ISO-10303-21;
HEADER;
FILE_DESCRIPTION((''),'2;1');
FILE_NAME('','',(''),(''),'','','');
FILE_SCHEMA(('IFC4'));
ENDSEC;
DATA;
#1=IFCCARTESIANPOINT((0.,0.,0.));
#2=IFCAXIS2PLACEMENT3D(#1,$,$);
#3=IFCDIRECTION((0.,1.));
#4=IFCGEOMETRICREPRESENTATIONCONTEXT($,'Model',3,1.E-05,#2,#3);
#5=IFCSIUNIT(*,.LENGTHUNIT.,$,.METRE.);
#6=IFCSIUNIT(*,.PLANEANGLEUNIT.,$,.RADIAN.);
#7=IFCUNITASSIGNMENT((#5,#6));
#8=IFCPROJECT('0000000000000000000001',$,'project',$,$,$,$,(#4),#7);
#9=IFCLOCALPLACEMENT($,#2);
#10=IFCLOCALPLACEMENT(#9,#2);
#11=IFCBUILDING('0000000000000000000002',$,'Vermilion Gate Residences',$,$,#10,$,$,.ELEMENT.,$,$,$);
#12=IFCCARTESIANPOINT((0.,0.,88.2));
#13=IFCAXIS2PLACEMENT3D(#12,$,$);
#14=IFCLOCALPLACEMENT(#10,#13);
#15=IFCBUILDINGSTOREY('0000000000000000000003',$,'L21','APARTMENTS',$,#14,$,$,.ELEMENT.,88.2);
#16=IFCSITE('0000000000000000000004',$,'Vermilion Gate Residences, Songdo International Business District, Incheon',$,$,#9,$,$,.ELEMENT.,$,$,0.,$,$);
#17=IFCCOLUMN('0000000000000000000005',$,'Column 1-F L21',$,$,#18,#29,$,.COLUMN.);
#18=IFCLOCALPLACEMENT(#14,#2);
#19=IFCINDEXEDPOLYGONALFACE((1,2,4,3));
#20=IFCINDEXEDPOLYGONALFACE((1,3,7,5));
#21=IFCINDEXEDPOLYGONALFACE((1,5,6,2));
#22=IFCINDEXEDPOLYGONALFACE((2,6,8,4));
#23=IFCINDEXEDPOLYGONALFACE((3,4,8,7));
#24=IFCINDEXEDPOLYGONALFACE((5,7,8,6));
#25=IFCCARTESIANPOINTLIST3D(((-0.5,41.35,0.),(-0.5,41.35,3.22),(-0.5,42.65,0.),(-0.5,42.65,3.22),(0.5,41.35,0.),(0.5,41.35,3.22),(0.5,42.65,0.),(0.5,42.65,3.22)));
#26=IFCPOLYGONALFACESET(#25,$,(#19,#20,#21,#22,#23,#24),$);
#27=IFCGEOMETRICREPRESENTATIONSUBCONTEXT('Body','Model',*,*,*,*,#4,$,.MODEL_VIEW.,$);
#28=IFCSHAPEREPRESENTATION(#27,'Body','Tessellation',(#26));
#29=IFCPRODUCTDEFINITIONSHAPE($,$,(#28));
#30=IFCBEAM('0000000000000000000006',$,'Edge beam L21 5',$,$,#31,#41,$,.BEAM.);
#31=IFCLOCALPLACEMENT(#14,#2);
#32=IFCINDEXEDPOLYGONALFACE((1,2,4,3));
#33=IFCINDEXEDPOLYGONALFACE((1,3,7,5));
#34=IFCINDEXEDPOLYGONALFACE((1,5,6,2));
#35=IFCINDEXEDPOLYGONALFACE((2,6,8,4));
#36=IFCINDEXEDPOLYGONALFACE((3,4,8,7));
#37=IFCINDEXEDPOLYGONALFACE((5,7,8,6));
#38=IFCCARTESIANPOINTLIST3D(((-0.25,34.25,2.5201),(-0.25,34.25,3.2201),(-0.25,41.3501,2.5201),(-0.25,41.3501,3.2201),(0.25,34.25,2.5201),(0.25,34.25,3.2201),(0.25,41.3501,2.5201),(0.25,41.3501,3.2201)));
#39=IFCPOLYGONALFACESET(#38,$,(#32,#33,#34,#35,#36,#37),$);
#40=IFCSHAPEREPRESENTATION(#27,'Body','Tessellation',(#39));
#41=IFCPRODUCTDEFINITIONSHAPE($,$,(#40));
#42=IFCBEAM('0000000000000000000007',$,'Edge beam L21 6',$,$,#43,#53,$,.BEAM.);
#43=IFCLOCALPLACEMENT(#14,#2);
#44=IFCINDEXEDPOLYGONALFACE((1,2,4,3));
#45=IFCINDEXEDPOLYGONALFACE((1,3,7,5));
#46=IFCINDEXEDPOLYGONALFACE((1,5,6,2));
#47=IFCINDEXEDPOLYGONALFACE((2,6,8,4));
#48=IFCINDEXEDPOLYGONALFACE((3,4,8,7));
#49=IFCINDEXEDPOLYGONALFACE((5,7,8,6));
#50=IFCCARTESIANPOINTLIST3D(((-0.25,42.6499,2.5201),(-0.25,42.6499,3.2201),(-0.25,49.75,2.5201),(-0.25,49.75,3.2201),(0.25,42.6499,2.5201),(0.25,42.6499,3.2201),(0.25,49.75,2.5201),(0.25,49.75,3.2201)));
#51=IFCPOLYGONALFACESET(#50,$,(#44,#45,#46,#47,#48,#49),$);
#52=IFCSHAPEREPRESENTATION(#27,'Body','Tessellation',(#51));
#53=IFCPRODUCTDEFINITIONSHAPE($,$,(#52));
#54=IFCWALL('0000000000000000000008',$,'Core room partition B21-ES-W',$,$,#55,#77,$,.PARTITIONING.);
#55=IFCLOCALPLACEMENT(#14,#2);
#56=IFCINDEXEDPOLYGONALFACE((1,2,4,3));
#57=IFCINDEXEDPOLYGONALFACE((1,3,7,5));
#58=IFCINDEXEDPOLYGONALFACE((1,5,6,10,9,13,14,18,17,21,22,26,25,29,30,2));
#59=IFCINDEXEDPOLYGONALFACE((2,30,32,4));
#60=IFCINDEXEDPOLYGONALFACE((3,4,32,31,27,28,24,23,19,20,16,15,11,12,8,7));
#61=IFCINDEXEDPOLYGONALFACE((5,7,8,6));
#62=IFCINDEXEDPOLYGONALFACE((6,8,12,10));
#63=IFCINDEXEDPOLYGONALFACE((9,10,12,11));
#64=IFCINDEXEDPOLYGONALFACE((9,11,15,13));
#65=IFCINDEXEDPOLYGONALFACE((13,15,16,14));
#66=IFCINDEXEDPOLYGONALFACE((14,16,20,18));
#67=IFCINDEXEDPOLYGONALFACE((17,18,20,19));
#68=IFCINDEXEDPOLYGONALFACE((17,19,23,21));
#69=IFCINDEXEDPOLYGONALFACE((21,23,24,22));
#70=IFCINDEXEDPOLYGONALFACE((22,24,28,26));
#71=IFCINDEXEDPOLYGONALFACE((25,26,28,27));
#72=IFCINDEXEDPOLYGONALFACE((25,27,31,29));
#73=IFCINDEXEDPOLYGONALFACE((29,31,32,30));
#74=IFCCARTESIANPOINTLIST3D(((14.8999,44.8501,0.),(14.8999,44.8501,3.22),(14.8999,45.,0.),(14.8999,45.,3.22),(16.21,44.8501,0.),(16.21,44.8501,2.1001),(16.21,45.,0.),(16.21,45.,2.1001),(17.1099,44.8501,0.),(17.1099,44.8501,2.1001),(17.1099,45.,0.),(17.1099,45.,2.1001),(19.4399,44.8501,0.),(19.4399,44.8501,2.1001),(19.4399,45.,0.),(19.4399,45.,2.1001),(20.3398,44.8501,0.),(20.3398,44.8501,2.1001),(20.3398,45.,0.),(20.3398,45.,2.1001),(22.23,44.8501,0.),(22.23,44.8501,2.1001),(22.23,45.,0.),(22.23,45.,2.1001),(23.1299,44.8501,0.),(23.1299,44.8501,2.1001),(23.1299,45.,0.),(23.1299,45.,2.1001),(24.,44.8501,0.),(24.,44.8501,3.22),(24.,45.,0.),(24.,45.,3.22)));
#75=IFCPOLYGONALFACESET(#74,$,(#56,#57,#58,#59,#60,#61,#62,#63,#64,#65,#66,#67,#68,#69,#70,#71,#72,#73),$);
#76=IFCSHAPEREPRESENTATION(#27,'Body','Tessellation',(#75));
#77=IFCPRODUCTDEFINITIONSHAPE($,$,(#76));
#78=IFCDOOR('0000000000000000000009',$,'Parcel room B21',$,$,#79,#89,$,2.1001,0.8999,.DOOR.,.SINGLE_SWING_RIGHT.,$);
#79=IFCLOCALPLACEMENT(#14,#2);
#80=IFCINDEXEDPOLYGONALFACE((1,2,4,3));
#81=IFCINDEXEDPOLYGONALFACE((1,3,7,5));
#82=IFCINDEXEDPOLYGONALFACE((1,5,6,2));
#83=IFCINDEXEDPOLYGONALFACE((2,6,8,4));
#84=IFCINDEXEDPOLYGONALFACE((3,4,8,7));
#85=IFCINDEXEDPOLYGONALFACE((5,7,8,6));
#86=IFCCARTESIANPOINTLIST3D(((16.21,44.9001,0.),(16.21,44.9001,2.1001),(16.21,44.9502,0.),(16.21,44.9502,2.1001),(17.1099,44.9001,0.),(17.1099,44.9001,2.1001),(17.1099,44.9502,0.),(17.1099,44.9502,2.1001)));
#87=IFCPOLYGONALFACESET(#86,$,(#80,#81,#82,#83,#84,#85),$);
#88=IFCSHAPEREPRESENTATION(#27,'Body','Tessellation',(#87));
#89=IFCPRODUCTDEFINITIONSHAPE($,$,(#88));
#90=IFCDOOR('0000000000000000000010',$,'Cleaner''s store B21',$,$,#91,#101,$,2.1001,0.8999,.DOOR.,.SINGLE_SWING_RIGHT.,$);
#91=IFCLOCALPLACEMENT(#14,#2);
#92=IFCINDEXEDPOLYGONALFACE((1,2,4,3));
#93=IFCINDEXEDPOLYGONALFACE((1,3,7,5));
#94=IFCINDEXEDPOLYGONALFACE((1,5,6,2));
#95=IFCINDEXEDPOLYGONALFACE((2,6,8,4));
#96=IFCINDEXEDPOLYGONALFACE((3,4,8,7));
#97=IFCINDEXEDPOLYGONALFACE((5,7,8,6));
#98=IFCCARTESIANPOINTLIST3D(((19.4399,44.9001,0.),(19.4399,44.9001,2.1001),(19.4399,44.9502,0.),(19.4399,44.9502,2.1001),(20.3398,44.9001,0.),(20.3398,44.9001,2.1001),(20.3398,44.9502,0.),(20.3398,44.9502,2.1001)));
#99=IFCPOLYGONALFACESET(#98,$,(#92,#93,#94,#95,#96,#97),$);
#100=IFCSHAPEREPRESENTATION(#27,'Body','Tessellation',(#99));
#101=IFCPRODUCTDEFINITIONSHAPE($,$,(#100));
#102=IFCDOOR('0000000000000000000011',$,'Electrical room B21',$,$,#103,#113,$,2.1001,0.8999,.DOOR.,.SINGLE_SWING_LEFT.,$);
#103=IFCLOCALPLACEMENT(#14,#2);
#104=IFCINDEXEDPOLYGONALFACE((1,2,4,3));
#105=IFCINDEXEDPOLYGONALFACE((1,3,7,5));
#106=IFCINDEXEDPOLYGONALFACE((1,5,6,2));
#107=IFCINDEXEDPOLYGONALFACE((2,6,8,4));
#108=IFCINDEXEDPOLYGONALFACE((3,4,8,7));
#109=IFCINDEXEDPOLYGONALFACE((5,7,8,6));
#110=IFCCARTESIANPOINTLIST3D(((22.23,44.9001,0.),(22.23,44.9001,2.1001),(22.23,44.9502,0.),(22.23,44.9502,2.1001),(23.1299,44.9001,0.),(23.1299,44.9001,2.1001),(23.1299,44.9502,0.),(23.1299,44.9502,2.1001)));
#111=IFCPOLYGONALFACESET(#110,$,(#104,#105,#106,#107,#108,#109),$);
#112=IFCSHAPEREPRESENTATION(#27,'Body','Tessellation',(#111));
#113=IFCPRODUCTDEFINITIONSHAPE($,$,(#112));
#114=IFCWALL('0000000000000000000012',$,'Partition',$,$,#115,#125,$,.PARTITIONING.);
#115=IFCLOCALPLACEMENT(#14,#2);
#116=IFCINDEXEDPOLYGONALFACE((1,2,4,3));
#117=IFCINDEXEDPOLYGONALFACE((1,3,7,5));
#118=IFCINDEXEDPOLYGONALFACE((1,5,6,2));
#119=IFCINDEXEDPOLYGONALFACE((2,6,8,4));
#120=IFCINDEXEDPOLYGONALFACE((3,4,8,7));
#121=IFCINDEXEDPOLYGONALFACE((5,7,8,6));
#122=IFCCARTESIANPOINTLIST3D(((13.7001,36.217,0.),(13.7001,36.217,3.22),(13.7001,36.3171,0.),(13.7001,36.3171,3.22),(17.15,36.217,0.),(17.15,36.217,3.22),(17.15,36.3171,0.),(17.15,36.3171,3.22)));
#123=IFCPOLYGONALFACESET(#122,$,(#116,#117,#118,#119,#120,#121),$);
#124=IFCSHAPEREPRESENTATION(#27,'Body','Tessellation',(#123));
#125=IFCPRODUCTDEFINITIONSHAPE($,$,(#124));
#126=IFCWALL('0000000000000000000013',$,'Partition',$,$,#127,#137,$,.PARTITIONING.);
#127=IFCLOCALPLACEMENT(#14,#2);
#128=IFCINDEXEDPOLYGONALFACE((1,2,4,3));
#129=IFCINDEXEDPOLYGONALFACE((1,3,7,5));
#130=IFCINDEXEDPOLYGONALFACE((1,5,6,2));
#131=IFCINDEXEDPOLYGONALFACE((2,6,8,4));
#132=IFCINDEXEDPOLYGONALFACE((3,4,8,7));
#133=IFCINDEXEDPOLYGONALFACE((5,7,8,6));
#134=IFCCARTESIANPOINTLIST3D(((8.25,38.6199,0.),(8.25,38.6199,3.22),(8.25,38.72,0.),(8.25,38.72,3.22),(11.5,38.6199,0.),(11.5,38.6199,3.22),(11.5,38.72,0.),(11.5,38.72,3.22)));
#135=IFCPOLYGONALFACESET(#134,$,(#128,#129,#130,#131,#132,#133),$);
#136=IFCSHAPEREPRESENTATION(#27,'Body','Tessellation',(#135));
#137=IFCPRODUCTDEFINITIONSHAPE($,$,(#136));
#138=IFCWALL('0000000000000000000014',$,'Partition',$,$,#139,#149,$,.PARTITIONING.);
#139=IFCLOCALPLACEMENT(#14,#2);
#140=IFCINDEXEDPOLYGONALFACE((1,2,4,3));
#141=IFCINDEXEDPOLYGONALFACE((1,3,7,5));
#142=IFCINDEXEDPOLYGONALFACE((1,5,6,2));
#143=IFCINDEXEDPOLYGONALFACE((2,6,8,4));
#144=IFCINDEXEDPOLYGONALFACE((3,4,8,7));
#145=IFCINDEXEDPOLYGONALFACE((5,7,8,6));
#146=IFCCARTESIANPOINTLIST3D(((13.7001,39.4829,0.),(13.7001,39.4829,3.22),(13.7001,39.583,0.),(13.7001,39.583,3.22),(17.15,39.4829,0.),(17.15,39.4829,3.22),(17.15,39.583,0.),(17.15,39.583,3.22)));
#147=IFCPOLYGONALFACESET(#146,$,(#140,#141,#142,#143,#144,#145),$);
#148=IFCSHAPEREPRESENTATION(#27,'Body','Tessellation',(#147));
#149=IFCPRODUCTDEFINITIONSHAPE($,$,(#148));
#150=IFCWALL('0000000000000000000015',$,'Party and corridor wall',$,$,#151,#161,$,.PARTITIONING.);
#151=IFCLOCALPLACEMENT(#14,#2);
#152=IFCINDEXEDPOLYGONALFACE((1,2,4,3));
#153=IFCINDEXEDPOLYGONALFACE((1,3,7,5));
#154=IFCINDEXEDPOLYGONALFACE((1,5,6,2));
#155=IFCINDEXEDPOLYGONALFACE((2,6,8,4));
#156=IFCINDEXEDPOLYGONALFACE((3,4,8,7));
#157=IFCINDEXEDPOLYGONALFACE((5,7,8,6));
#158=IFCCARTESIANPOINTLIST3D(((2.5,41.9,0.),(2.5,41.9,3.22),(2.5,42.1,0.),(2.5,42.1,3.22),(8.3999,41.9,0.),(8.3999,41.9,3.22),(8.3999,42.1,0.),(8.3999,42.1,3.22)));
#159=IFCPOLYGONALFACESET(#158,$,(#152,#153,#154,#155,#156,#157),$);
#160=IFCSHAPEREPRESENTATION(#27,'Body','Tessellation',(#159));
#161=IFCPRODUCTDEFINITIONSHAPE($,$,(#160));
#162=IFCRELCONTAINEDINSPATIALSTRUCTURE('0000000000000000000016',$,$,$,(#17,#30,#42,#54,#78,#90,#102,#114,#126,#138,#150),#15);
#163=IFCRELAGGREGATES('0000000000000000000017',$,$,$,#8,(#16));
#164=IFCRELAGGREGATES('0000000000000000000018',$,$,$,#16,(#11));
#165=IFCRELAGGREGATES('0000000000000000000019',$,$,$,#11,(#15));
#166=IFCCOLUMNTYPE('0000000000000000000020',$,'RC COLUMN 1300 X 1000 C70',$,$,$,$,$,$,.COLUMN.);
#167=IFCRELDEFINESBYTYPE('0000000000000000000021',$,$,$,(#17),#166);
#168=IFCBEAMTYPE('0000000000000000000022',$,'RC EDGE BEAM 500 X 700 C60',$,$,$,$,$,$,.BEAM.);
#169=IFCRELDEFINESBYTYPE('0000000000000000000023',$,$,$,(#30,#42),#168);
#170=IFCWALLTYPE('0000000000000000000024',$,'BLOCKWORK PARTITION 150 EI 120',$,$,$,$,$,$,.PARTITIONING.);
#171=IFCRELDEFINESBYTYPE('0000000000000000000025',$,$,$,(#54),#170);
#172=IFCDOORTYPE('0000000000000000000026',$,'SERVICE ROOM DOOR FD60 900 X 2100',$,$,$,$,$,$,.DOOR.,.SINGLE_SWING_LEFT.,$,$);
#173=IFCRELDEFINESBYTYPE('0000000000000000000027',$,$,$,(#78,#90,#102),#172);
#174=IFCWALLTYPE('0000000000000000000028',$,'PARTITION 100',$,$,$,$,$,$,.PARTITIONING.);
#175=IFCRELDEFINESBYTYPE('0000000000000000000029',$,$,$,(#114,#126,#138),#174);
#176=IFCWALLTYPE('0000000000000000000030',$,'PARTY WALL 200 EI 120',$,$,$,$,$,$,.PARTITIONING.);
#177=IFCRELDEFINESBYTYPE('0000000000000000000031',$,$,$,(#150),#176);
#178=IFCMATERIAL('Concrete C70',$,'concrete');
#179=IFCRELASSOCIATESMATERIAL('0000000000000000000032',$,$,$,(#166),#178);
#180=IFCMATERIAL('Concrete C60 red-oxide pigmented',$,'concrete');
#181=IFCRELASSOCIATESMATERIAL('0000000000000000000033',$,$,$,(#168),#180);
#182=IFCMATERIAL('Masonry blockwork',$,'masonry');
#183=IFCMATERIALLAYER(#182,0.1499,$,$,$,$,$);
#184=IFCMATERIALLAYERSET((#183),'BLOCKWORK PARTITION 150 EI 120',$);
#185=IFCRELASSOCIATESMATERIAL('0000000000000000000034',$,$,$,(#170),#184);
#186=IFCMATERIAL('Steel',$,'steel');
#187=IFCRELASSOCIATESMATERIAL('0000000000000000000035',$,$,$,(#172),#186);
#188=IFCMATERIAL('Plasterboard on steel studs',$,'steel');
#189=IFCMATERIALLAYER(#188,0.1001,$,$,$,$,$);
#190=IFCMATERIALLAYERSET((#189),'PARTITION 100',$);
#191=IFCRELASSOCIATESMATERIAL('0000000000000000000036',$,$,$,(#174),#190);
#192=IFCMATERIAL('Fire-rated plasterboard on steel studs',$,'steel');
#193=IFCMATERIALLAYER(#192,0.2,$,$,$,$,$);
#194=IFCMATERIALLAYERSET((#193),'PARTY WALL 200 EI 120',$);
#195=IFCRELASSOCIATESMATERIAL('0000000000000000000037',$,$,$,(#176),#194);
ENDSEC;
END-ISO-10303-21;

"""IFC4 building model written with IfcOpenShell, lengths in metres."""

from ifc_helpers import new_model, si_unit, direction, frame, frame_2d, origin, origin_2d, place, context, subcontext, project, spatial, rectangle, extrude, material, layer, layer_set, material_profile, profile_set, type_object, element, fill, save


model = new_model("IFC4")

# Units and contexts
model_context = context("Model", 3, precision=1e-05, world=origin(), true_north=direction((0.0, 1.0)))
body_context = subcontext(model_context, "Body", "Model", "MODEL_VIEW")
ifc_project = project(units=[si_unit("LENGTHUNIT", "METRE"), si_unit("PLANEANGLEUNIT", "RADIAN")], contexts=[model_context])

# Site, building, storey
site_placement = place(None, origin())
site = spatial("IfcSite", under=ifc_project, at=site_placement, Name="Vermilion Gate Residences, Songdo International Business District, Incheon", CompositionType="ELEMENT", RefElevation=0.0)
building_placement = place(site_placement, origin())
building = spatial("IfcBuilding", under=site, at=building_placement, Name="Vermilion Gate Residences", CompositionType="ELEMENT")
storey_placement = place(building_placement, frame((0.0, 0.0, 88.2)))
storey = spatial("IfcBuildingStorey", under=building, at=storey_placement, Name="L21", Description="APARTMENTS", CompositionType="ELEMENT", Elevation=88.2)

# Column
ifc_material_1 = material(Name="Concrete C70", Category="concrete")
ifc_material_profile_1 = material_profile(ifc_material_1, rectangle(XDim=1.3, YDim=1.0, at=origin_2d()), Name="RC-1300x1000")
ifc_profile_set_1 = profile_set([ifc_material_profile_1], Name="Concrete C70")
column_type = type_object("IfcColumnType", Name="RC COLUMN 1300 X 1000 C70", PredefinedType="COLUMN", material=ifc_profile_set_1)
column_placement = place(storey_placement, frame((0.0, 42.0, 0.0), z_axis=(0.0, 0.0, 1.0), x_axis=(0.0, 1.0, 0.0)))
element("IfcColumn", 1, at=column_placement, inside=storey, type_object=column_type, Name="Column 1-F L21", PredefinedType="COLUMN", context=body_context, shape_type="SweptSolid", body=[
    extrude(rectangle(XDim=1.3, YDim=1.0, at=origin_2d()), origin(), (0.0, 0.0, 1.0), 3.22),
])

# Beams
ifc_material_2 = material(Name="Concrete C60 red-oxide pigmented", Category="concrete")
ifc_material_profile_2 = material_profile(ifc_material_2, rectangle(XDim=0.5, YDim=0.7, at=origin_2d()), Name="RC-500x700")
ifc_profile_set_2 = profile_set([ifc_material_profile_2], Name="Concrete C60 red-oxide pigmented")
beam_type = type_object("IfcBeamType", Name="RC EDGE BEAM 500 X 700 C60", PredefinedType="BEAM", material=ifc_profile_set_2)
for number, where, z_axis, x_axis, name in (
    (2, (0.0, 34.25, 2.8701), (0.0, 1.0, 0.0), (-1.0, 0.0, 0.0), "Edge beam L21 5"),
    (3, (0.0, 42.6499, 2.8701), (0.0, 1.0, 0.0), (-1.0, 0.0, 0.0), "Edge beam L21 6"),
):
    element("IfcBeam", number, at=place(storey_placement, frame(where, z_axis=z_axis, x_axis=x_axis)), inside=storey, type_object=beam_type, Name=name, PredefinedType="BEAM", context=body_context, shape_type="SweptSolid", body=[
        extrude(rectangle(XDim=0.5, YDim=0.7, at=origin_2d()), origin(), (0.0, 0.0, 1.0), 7.1001),
    ])

# Wall, openings, doors
ifc_material_3 = material(Name="Masonry blockwork", Category="masonry")
ifc_layer_1 = layer(ifc_material_3, 0.1499)
ifc_layer_set_1 = layer_set([ifc_layer_1], Name="BLOCKWORK PARTITION 150 EI 120")
wall_type_1 = type_object("IfcWallType", Name="BLOCKWORK PARTITION 150 EI 120", PredefinedType="PARTITIONING", material=ifc_layer_set_1)
wall_1_placement = place(storey_placement, frame((14.8999, 44.925, 0.0), z_axis=(0.0, 0.0, 1.0), x_axis=(1.0, 0.0, 0.0)))
wall_1 = element("IfcWall", 4, at=wall_1_placement, inside=storey, type_object=wall_type_1, Name="Core room partition B21-ES-W", PredefinedType="PARTITIONING", context=body_context, shape_type="SweptSolid", body=[
    extrude(rectangle(XDim=9.1001, YDim=0.1499, at=frame_2d((4.55, 0.0))), origin(), (0.0, 0.0, 1.0), 3.22),
])
opening_1_placement = place(wall_1_placement, frame((1.3101, 0.0, 0.0)))
opening_1 = element("IfcOpeningElement", 5, at=opening_1_placement, cuts=wall_1, PredefinedType="OPENING", context=body_context, shape_type="SweptSolid", body=[
    extrude(rectangle(XDim=0.8999, YDim=2.1001, at=frame_2d((0.45, 1.05))), frame((0.0, 0.085, 0.0), z_axis=(0.0, -1.0, 0.0), x_axis=(1.0, 0.0, 0.0)), (0.0, 0.0, 1.0), 0.1699),
])
opening_2_placement = place(wall_1_placement, frame((4.54, 0.0, 0.0)))
opening_2 = element("IfcOpeningElement", 6, at=opening_2_placement, cuts=wall_1, PredefinedType="OPENING", context=body_context, shape_type="SweptSolid", body=[
    extrude(rectangle(XDim=0.8999, YDim=2.1001, at=frame_2d((0.45, 1.05))), frame((0.0, 0.085, 0.0), z_axis=(0.0, -1.0, 0.0), x_axis=(1.0, 0.0, 0.0)), (0.0, 0.0, 1.0), 0.1699),
])
opening_3_placement = place(wall_1_placement, frame((7.3301, 0.0, 0.0)))
opening_3 = element("IfcOpeningElement", 7, at=opening_3_placement, cuts=wall_1, PredefinedType="OPENING", context=body_context, shape_type="SweptSolid", body=[
    extrude(rectangle(XDim=0.8999, YDim=2.1001, at=frame_2d((0.45, 1.05))), frame((0.0, 0.085, 0.0), z_axis=(0.0, -1.0, 0.0), x_axis=(1.0, 0.0, 0.0)), (0.0, 0.0, 1.0), 0.1699),
])
ifc_material_4 = material(Name="Steel", Category="steel")
door_type_1 = type_object("IfcDoorType", Name="SERVICE ROOM DOOR FD60 900 X 2100", OperationType="SINGLE_SWING_LEFT", PredefinedType="DOOR", material=ifc_material_4)
door_1_placement = place(opening_1_placement, frame((0.8999, 0.0, 0.0), z_axis=(0.0, 0.0, 1.0), x_axis=(-1.0, 0.0, 0.0)))
door_1 = element("IfcDoor", 8, at=door_1_placement, inside=storey, type_object=door_type_1, Name="Parcel room B21", OperationType="SINGLE_SWING_RIGHT", OverallHeight=2.1001, OverallWidth=0.8999, PredefinedType="DOOR", context=body_context, shape_type="SweptSolid", body=[
    extrude(rectangle(XDim=0.8999, YDim=2.1001, at=frame_2d((0.45, 1.05))), frame((0.0, 0.0249, 0.0), z_axis=(0.0, -1.0, 0.0), x_axis=(1.0, 0.0, 0.0)), (0.0, 0.0, 1.0), 0.05),
])
fill(opening_1, door_1)
door_2_placement = place(opening_2_placement, frame((0.8999, 0.0, 0.0), z_axis=(0.0, 0.0, 1.0), x_axis=(-1.0, 0.0, 0.0)))
door_2 = element("IfcDoor", 9, at=door_2_placement, inside=storey, type_object=door_type_1, Name="Cleaner's store B21", OperationType="SINGLE_SWING_RIGHT", OverallHeight=2.1001, OverallWidth=0.8999, PredefinedType="DOOR", context=body_context, shape_type="SweptSolid", body=[
    extrude(rectangle(XDim=0.8999, YDim=2.1001, at=frame_2d((0.45, 1.05))), frame((0.0, 0.0249, 0.0), z_axis=(0.0, -1.0, 0.0), x_axis=(1.0, 0.0, 0.0)), (0.0, 0.0, 1.0), 0.05),
])
fill(opening_2, door_2)
door_3_placement = place(opening_3_placement, frame((0.8999, 0.0, 0.0), z_axis=(0.0, 0.0, 1.0), x_axis=(-1.0, 0.0, 0.0)))
door_3 = element("IfcDoor", 10, at=door_3_placement, inside=storey, type_object=door_type_1, Name="Electrical room B21", OperationType="SINGLE_SWING_LEFT", OverallHeight=2.1001, OverallWidth=0.8999, PredefinedType="DOOR", context=body_context, shape_type="SweptSolid", body=[
    extrude(rectangle(XDim=0.8999, YDim=2.1001, at=frame_2d((0.45, 1.05))), frame((0.0, 0.0249, 0.0), z_axis=(0.0, -1.0, 0.0), x_axis=(1.0, 0.0, 0.0)), (0.0, 0.0, 1.0), 0.05),
])
fill(opening_3, door_3)

# Walls
ifc_material_5 = material(Name="Plasterboard on steel studs", Category="steel")
ifc_layer_2 = layer(ifc_material_5, 0.1001)
ifc_layer_set_2 = layer_set([ifc_layer_2], Name="PARTITION 100")
wall_type_2 = type_object("IfcWallType", Name="PARTITION 100", PredefinedType="PARTITIONING", material=ifc_layer_set_2)
wall_2_placement = place(storey_placement, frame((13.7, 36.2671, 0.0), z_axis=(0.0, 0.0, 1.0), x_axis=(1.0, 0.0, 0.0)))
element("IfcWall", 11, at=wall_2_placement, inside=storey, type_object=wall_type_2, Name="Partition", PredefinedType="PARTITIONING", context=body_context, shape_type="SweptSolid", body=[
    extrude(rectangle(XDim=3.45, YDim=0.1001, at=frame_2d((1.7251, 0.0))), origin(), (0.0, 0.0, 1.0), 3.22),
])
wall_3_placement = place(storey_placement, frame((8.25, 38.6699, 0.0), z_axis=(0.0, 0.0, 1.0), x_axis=(1.0, 0.0, 0.0)))
element("IfcWall", 12, at=wall_3_placement, inside=storey, type_object=wall_type_2, Name="Partition", PredefinedType="PARTITIONING", context=body_context, shape_type="SweptSolid", body=[
    extrude(rectangle(XDim=3.25, YDim=0.1001, at=frame_2d((1.625, 0.0))), origin(), (0.0, 0.0, 1.0), 3.22),
])
wall_4_placement = place(storey_placement, frame((13.7, 39.533, 0.0), z_axis=(0.0, 0.0, 1.0), x_axis=(1.0, 0.0, 0.0)))
element("IfcWall", 13, at=wall_4_placement, inside=storey, type_object=wall_type_2, Name="Partition", PredefinedType="PARTITIONING", context=body_context, shape_type="SweptSolid", body=[
    extrude(rectangle(XDim=3.45, YDim=0.1001, at=frame_2d((1.7251, 0.0))), origin(), (0.0, 0.0, 1.0), 3.22),
])
ifc_material_6 = material(Name="Fire-rated plasterboard on steel studs", Category="steel")
ifc_layer_3 = layer(ifc_material_6, 0.2)
ifc_layer_set_3 = layer_set([ifc_layer_3], Name="PARTY WALL 200 EI 120")
wall_type_3 = type_object("IfcWallType", Name="PARTY WALL 200 EI 120", PredefinedType="PARTITIONING", material=ifc_layer_set_3)
wall_5_placement = place(storey_placement, frame((2.5, 42.0, 0.0), z_axis=(0.0, 0.0, 1.0), x_axis=(1.0, 0.0, 0.0)))
element("IfcWall", 14, at=wall_5_placement, inside=storey, type_object=wall_type_3, Name="Party and corridor wall", PredefinedType="PARTITIONING", context=body_context, shape_type="SweptSolid", body=[
    extrude(rectangle(XDim=5.8999, YDim=0.2, at=frame_2d((2.95, 0.0))), origin(), (0.0, 0.0, 1.0), 3.22),
])

save(model, "model.ifc")
